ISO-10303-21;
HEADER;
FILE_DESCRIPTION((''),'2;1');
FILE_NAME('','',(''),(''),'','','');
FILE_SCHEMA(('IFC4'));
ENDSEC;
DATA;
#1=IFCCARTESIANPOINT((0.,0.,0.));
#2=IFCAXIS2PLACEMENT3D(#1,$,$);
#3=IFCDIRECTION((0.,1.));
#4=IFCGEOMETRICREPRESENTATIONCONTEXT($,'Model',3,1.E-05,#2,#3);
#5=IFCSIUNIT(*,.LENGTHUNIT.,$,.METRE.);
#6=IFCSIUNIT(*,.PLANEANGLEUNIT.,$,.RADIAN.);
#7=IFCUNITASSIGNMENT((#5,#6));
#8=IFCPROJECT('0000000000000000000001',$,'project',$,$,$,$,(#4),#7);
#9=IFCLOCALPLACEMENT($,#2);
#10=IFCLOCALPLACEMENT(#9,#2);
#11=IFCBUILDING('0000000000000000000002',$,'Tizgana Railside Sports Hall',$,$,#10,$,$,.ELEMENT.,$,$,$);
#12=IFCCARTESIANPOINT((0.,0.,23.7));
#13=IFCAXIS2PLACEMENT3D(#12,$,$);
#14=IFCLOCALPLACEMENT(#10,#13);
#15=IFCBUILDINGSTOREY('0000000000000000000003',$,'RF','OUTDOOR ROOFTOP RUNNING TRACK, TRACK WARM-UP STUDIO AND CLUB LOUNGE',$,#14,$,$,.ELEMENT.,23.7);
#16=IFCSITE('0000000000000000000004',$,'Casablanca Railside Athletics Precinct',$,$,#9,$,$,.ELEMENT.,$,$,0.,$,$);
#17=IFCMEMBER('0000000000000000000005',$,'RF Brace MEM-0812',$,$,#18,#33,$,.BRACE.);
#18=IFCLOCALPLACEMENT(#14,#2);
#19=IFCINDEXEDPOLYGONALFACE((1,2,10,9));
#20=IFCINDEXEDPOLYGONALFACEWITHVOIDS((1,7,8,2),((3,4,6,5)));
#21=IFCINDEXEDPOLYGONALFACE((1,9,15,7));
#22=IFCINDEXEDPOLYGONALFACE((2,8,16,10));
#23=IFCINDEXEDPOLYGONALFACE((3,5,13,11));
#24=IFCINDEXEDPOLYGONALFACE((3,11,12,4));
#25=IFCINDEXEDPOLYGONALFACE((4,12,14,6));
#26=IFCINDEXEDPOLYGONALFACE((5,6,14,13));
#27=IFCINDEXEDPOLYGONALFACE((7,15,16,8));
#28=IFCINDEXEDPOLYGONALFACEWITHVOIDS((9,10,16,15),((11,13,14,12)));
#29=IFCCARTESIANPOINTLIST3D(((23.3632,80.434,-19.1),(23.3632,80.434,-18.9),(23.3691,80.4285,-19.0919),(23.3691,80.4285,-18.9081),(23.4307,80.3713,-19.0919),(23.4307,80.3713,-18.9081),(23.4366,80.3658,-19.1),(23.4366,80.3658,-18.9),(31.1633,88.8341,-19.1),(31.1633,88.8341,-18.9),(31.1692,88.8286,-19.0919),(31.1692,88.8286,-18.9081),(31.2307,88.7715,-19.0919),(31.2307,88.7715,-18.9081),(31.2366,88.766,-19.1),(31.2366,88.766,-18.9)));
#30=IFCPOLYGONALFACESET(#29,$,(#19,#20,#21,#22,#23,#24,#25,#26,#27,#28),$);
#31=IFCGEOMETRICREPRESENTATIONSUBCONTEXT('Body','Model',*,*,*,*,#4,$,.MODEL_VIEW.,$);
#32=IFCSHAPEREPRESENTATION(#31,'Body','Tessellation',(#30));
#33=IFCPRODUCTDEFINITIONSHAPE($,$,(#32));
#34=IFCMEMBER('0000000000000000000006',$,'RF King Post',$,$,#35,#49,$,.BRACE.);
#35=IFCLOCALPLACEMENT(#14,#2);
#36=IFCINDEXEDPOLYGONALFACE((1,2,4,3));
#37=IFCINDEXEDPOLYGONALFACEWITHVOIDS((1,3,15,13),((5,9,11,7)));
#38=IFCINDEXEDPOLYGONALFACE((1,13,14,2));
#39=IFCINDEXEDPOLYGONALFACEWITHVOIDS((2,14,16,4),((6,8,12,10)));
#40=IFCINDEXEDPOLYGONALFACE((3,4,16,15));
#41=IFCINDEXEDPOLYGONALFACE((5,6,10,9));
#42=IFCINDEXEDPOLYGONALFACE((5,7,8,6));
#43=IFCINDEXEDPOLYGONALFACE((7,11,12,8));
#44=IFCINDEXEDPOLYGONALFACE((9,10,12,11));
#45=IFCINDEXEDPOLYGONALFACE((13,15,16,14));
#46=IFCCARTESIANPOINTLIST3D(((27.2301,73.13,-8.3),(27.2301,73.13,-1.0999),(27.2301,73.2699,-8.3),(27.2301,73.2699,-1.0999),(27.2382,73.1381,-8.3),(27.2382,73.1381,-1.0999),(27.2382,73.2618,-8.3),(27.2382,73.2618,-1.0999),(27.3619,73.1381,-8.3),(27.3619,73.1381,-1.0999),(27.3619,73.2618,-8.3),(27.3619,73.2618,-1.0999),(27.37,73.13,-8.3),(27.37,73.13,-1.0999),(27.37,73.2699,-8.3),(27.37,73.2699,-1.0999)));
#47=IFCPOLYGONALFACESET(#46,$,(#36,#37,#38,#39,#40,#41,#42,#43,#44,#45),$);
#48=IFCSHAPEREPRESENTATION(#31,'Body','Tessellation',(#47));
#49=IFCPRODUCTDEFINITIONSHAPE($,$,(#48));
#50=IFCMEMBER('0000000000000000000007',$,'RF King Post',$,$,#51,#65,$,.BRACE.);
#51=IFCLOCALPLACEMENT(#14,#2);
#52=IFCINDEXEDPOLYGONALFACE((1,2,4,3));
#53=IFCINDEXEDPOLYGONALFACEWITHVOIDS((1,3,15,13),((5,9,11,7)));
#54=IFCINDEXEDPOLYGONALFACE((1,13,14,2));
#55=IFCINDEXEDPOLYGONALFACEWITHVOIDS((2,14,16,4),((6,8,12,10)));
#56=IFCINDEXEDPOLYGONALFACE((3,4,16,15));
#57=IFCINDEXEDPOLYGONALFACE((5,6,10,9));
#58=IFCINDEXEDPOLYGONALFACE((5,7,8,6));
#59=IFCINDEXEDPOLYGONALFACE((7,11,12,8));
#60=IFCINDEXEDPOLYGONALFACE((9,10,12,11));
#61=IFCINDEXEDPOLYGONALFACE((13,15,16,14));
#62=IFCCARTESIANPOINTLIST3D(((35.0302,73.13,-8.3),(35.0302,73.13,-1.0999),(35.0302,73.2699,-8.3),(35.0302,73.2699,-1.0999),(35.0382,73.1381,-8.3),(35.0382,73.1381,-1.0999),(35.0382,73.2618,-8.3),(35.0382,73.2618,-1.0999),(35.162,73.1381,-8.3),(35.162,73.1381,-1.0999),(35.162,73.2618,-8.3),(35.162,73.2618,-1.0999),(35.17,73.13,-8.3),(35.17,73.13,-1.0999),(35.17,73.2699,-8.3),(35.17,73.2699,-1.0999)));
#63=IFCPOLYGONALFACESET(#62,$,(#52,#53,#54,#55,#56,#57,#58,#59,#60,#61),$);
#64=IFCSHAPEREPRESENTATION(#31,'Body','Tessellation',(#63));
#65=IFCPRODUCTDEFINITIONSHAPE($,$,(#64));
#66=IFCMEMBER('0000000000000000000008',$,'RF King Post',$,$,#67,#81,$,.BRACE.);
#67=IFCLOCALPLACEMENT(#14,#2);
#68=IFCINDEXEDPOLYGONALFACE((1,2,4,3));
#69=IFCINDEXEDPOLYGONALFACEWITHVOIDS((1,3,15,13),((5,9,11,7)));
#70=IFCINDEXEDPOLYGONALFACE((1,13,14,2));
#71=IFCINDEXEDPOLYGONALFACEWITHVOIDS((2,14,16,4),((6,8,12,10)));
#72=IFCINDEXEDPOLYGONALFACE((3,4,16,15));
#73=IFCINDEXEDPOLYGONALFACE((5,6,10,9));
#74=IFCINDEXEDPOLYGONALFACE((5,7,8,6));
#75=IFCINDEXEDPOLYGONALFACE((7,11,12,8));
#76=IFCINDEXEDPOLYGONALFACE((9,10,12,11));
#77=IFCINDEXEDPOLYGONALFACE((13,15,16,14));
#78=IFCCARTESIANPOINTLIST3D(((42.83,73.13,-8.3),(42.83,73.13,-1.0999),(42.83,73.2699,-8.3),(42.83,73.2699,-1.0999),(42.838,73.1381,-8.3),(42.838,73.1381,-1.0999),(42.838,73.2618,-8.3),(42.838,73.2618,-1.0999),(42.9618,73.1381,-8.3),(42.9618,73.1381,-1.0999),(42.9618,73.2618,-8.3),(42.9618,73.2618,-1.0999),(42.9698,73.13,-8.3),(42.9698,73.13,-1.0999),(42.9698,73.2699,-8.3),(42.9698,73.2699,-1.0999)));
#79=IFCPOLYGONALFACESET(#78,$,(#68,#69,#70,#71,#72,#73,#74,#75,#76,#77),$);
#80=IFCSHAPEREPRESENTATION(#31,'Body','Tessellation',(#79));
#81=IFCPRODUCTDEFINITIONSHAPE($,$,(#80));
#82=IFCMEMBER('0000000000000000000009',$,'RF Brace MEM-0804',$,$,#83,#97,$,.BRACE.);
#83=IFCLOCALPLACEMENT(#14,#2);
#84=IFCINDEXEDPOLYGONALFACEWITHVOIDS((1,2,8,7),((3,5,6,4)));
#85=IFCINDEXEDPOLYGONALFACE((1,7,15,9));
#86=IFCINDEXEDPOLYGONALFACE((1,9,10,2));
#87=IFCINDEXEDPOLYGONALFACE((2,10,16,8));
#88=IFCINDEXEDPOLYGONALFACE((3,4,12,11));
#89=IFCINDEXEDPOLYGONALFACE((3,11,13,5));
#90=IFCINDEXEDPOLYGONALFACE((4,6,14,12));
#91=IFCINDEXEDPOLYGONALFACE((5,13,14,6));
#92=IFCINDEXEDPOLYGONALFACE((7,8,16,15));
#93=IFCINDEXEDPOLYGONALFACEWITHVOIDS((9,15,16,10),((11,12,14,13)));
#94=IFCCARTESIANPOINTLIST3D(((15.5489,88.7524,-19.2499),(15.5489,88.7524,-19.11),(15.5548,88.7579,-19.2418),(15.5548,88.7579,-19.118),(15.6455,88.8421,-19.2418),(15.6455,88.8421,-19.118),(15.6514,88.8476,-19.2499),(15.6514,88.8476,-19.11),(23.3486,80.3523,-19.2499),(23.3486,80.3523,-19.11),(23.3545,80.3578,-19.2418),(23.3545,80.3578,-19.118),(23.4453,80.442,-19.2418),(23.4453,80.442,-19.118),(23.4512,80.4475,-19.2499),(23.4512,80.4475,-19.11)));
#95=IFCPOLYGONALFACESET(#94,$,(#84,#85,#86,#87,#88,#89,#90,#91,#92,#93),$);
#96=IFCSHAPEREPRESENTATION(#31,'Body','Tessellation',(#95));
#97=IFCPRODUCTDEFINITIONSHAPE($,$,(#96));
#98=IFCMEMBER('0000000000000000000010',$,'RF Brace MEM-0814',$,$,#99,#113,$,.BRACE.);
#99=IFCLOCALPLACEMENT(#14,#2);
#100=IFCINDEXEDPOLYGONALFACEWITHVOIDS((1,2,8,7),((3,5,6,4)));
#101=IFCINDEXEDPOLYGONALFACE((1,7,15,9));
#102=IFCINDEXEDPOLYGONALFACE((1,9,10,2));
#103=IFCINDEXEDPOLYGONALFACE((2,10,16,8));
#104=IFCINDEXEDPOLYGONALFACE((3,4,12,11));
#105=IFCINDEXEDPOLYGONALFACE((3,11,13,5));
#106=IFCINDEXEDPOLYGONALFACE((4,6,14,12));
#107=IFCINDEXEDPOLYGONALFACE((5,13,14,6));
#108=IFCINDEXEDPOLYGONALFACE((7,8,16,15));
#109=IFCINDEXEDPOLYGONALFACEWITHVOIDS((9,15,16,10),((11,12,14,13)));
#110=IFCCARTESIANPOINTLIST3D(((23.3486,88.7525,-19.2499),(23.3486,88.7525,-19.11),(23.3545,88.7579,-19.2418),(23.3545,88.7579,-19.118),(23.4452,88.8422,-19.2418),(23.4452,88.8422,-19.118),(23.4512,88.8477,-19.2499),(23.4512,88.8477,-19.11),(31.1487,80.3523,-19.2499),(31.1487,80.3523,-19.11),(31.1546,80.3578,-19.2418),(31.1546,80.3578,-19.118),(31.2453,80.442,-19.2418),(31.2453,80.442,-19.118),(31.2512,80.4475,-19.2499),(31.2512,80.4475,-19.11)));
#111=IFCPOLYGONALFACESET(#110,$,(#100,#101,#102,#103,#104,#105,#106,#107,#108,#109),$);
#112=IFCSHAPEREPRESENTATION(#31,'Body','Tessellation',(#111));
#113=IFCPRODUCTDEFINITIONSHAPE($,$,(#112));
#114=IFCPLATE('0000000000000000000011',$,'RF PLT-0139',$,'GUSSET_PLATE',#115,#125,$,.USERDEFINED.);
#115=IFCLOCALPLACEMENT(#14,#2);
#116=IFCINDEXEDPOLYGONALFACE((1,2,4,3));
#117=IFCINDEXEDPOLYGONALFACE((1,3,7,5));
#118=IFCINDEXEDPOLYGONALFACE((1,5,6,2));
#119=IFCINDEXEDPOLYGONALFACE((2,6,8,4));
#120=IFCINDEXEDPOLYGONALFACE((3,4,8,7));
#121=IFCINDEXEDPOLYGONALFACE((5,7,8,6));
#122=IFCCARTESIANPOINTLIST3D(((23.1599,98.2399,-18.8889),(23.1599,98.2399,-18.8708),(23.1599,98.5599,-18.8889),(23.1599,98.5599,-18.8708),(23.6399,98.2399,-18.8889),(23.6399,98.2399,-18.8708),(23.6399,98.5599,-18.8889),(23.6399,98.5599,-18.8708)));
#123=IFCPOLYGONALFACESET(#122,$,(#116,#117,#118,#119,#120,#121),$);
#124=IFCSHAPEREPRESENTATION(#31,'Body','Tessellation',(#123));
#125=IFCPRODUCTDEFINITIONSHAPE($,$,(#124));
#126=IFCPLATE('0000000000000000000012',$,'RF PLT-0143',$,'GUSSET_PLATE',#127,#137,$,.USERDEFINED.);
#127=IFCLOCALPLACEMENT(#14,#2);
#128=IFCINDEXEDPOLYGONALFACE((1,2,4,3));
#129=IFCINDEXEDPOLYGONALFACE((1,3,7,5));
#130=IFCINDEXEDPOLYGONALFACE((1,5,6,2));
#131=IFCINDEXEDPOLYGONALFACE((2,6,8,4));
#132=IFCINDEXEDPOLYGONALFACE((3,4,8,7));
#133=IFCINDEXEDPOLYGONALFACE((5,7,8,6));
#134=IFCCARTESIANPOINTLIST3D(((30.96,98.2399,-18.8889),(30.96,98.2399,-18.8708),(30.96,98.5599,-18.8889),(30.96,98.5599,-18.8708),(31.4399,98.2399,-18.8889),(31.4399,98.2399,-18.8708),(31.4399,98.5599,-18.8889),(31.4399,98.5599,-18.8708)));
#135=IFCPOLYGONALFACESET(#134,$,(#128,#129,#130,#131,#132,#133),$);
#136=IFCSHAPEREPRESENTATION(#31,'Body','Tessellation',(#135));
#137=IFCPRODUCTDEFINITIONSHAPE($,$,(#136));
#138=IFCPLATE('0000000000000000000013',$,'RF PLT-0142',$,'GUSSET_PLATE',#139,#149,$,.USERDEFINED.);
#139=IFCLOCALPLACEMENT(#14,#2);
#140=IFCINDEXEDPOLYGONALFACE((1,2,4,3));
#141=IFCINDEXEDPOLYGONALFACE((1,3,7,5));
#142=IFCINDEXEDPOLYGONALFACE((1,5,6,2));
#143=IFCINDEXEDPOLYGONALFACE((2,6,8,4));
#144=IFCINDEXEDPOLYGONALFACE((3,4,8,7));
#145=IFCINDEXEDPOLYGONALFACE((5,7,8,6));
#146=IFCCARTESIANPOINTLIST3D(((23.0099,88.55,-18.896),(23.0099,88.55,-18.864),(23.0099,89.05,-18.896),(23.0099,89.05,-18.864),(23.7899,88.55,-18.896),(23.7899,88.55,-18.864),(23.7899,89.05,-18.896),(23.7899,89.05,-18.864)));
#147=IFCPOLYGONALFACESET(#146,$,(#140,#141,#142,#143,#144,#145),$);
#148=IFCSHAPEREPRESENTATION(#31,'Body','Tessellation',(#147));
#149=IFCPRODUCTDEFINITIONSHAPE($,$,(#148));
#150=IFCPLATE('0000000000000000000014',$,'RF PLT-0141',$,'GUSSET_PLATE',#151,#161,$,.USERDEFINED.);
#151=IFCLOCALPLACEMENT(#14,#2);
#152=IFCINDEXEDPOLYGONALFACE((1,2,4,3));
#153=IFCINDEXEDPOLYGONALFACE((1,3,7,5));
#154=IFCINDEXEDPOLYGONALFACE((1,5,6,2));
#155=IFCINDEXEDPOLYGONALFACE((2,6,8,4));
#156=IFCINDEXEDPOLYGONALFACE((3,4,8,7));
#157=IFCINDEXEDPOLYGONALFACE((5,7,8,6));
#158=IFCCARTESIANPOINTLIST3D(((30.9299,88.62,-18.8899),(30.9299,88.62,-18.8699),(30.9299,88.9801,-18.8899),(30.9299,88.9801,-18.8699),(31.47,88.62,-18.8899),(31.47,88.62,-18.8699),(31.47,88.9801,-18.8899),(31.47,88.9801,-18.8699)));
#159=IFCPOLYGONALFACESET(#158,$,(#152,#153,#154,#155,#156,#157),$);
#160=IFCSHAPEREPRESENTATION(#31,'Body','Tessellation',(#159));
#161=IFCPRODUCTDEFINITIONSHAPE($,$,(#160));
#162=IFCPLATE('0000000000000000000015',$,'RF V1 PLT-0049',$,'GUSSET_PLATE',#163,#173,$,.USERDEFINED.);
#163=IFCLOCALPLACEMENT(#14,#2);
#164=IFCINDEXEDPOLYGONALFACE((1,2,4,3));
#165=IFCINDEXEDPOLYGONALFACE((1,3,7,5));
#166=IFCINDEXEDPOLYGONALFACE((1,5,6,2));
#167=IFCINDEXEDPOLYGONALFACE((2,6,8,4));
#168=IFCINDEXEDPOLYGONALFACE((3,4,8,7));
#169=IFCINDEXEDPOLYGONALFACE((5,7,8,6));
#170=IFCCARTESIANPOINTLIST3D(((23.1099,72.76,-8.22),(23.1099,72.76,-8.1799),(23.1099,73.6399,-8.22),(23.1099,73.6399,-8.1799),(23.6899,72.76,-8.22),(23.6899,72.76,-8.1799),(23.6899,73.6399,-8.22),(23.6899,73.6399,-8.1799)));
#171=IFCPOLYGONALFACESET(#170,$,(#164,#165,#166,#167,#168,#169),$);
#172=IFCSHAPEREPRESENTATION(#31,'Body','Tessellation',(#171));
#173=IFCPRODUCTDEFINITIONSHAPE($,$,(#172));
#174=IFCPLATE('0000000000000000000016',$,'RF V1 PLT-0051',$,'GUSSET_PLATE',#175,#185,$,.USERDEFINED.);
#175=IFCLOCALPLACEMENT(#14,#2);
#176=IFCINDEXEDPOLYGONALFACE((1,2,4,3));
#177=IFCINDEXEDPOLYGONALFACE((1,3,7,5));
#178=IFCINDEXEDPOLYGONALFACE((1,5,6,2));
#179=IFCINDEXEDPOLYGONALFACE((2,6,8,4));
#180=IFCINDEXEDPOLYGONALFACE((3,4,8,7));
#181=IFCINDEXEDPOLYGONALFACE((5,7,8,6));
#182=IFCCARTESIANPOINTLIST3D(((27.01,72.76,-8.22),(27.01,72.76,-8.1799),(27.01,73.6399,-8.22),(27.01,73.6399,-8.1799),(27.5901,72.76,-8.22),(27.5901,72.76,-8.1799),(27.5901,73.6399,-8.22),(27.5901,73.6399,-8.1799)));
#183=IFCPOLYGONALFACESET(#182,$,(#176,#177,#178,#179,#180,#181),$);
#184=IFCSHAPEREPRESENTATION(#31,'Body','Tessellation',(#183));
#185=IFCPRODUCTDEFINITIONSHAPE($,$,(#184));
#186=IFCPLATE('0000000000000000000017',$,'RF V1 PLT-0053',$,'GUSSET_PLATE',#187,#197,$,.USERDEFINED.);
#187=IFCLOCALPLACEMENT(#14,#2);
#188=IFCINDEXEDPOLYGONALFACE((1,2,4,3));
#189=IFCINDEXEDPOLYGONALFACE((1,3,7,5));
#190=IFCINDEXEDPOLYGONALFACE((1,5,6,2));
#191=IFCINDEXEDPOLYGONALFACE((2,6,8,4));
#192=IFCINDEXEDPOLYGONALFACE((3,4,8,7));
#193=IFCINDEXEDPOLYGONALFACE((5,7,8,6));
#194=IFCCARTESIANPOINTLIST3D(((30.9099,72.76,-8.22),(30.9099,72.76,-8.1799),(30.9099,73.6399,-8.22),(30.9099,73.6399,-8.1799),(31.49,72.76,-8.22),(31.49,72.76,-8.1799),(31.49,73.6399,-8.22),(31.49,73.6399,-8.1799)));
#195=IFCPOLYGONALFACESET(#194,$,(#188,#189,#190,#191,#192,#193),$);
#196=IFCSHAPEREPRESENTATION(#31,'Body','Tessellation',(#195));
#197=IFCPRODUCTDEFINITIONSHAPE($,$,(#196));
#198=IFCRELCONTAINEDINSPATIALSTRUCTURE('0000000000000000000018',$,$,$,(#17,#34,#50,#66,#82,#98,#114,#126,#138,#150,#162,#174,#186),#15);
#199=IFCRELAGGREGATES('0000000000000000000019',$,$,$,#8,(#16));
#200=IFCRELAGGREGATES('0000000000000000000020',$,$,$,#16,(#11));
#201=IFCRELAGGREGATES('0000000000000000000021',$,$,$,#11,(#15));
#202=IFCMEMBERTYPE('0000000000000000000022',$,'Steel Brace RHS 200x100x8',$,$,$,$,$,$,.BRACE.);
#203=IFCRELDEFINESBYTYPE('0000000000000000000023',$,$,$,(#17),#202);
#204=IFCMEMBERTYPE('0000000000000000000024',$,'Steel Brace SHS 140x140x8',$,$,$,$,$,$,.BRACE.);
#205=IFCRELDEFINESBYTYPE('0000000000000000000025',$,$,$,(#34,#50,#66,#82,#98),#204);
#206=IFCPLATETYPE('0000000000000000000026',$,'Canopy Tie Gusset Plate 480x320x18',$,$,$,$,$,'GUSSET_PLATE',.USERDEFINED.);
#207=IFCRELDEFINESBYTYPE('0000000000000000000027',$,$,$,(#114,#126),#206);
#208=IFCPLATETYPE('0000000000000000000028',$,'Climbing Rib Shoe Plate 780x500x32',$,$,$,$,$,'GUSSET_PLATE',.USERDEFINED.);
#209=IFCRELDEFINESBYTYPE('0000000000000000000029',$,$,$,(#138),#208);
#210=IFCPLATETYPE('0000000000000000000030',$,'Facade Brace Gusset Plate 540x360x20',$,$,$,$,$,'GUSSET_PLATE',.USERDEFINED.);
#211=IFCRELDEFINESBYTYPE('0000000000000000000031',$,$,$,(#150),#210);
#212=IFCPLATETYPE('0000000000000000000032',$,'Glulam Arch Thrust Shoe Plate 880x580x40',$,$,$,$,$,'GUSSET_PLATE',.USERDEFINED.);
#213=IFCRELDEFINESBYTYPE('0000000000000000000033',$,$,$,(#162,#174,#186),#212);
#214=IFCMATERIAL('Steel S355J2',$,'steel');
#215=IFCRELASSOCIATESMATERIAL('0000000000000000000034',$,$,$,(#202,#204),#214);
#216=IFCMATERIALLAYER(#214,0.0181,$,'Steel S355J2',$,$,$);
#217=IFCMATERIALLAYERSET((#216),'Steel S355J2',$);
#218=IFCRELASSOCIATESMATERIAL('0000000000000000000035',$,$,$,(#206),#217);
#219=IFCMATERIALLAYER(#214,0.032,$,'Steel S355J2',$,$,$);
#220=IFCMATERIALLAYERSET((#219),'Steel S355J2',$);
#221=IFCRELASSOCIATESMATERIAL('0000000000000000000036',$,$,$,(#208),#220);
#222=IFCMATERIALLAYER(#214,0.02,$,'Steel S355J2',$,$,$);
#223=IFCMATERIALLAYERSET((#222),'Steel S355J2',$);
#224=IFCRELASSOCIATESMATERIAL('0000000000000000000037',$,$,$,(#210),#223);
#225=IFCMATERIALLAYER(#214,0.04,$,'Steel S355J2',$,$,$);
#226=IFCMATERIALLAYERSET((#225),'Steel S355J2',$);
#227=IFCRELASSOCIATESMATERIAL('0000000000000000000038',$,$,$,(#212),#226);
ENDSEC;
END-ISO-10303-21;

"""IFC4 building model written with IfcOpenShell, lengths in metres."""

from ifc_helpers import new_model, si_unit, direction, frame, origin, origin_2d, place, context, subcontext, project, spatial, rectangle, hollow_rectangle, extrude, material, layer, layer_set, material_profile, profile_set, type_object, element, save


model = new_model("IFC4")

# Units and contexts
model_context = context("Model", 3, precision=1e-05, world=origin(), true_north=direction((0.0, 1.0)))
body_context = subcontext(model_context, "Body", "Model", "MODEL_VIEW")
ifc_project = project(units=[si_unit("LENGTHUNIT", "METRE"), si_unit("PLANEANGLEUNIT", "RADIAN")], contexts=[model_context])

# Site, building, storey
site_placement = place(None, origin())
site = spatial("IfcSite", under=ifc_project, at=site_placement, Name="Casablanca Railside Athletics Precinct", CompositionType="ELEMENT", RefElevation=0.0)
building_placement = place(site_placement, origin())
building = spatial("IfcBuilding", under=site, at=building_placement, Name="Tizgana Railside Sports Hall", CompositionType="ELEMENT")
storey_placement = place(building_placement, frame((0.0, 0.0, 23.7)))
storey = spatial("IfcBuildingStorey", under=building, at=storey_placement, Name="RF", Description="OUTDOOR ROOFTOP RUNNING TRACK, TRACK WARM-UP STUDIO AND CLUB LOUNGE", CompositionType="ELEMENT", Elevation=23.7)

# Members
ifc_material_1 = material(Name="Steel S355J2", Category="steel")
ifc_material_profile_1 = material_profile(ifc_material_1, hollow_rectangle(XDim=0.1001, YDim=0.2, WallThickness=0.0081, at=origin_2d()), Name="RHS 200x100x8")
ifc_profile_set_1 = profile_set([ifc_material_profile_1], Name="Steel S355J2")
member_type_1 = type_object("IfcMemberType", Name="Steel Brace RHS 200x100x8", PredefinedType="BRACE", material=ifc_profile_set_1)
member_1_placement = place(storey_placement, frame((23.3999, 80.3999, -19.0), z_axis=(0.680447, 0.732797, 0.0), x_axis=(-0.732797, 0.680447, 0.0)))
element("IfcMember", 1, at=member_1_placement, inside=storey, type_object=member_type_1, Name="RF Brace MEM-0812", PredefinedType="BRACE", context=body_context, shape_type="SweptSolid", body=[
    extrude(hollow_rectangle(XDim=0.1001, YDim=0.2, WallThickness=0.0081, at=origin_2d()), origin(), (0.0, 0.0, 1.0), 11.4631),
])
ifc_material_profile_2 = material_profile(ifc_material_1, hollow_rectangle(XDim=0.1399, YDim=0.1399, WallThickness=0.0081, at=origin_2d()), Name="SHS 140x140x8")
ifc_profile_set_2 = profile_set([ifc_material_profile_2], Name="Steel S355J2")
member_type_2 = type_object("IfcMemberType", Name="Steel Brace SHS 140x140x8", PredefinedType="BRACE", material=ifc_profile_set_2)
for number, where, z_axis, x_axis, name in (
    (2, (27.3, 73.2, -8.3), (0.0, 0.0, 1.0), (1.0, 0.0, 0.0), "RF King Post"),
    (3, (35.1001, 73.2, -8.3), (0.0, 0.0, 1.0), (1.0, 0.0, 0.0), "RF King Post"),
    (4, (42.8999, 73.2, -8.3), (0.0, 0.0, 1.0), (1.0, 0.0, 0.0), "RF King Post"),
):
    element("IfcMember", number, at=place(storey_placement, frame(where, z_axis=z_axis, x_axis=x_axis)), inside=storey, type_object=member_type_2, Name=name, PredefinedType="BRACE", context=body_context, shape_type="SweptSolid", body=[
        extrude(hollow_rectangle(XDim=0.1399, YDim=0.1399, WallThickness=0.0081, at=origin_2d()), origin(), (0.0, 0.0, 1.0), 7.2002),
    ])
member_2_placement = place(storey_placement, frame((23.3999, 80.3999, -19.1799), z_axis=(-0.680436, 0.732808, 0.0), x_axis=(-0.732808, -0.680436, 0.0)))
element("IfcMember", 5, at=member_2_placement, inside=storey, type_object=member_type_2, Name="RF Brace MEM-0804", PredefinedType="BRACE", context=body_context, shape_type="SweptSolid", body=[
    extrude(hollow_rectangle(XDim=0.1399, YDim=0.1399, WallThickness=0.0081, at=origin_2d()), origin(), (0.0, 0.0, 1.0), 11.4629),
])
member_3_placement = place(storey_placement, frame((31.2, 80.3999, -19.1799), z_axis=(-0.680447, 0.732797, 0.0), x_axis=(-0.732797, -0.680447, 0.0)))
element("IfcMember", 6, at=member_3_placement, inside=storey, type_object=member_type_2, Name="RF Brace MEM-0814", PredefinedType="BRACE", context=body_context, shape_type="SweptSolid", body=[
    extrude(hollow_rectangle(XDim=0.1399, YDim=0.1399, WallThickness=0.0081, at=origin_2d()), origin(), (0.0, 0.0, 1.0), 11.4631),
])

# Plates
ifc_layer_1 = layer(ifc_material_1, 0.0181, Name="Steel S355J2")
ifc_layer_set_1 = layer_set([ifc_layer_1], Name="Steel S355J2")
plate_type_1 = type_object("IfcPlateType", Name="Canopy Tie Gusset Plate 480x320x18", ElementType="GUSSET_PLATE", PredefinedType="USERDEFINED", material=ifc_layer_set_1)
for number, where, z_axis, x_axis, name in (
    (7, (23.3999, 98.3999, -18.8889), (0.0, 0.0, 1.0), (1.0, 0.0, 0.0), "RF PLT-0139"),
    (8, (31.2, 98.3999, -18.8889), (0.0, 0.0, 1.0), (1.0, 0.0, 0.0), "RF PLT-0143"),
):
    element("IfcPlate", number, at=place(storey_placement, frame(where, z_axis=z_axis, x_axis=x_axis)), inside=storey, type_object=plate_type_1, Name=name, ObjectType="GUSSET_PLATE", PredefinedType="USERDEFINED", context=body_context, shape_type="SweptSolid", body=[
        extrude(rectangle(XDim=0.48, YDim=0.3201, at=origin_2d()), origin(), (0.0, 0.0, 1.0), 0.0181),
    ])
ifc_layer_2 = layer(ifc_material_1, 0.032, Name="Steel S355J2")
ifc_layer_set_2 = layer_set([ifc_layer_2], Name="Steel S355J2")
plate_type_2 = type_object("IfcPlateType", Name="Climbing Rib Shoe Plate 780x500x32", ElementType="GUSSET_PLATE", PredefinedType="USERDEFINED", material=ifc_layer_set_2)
plate_1_placement = place(storey_placement, frame((23.3999, 88.8, -18.896), z_axis=(0.0, 0.0, 1.0), x_axis=(1.0, 0.0, 0.0)))
element("IfcPlate", 9, at=plate_1_placement, inside=storey, type_object=plate_type_2, Name="RF PLT-0142", ObjectType="GUSSET_PLATE", PredefinedType="USERDEFINED", context=body_context, shape_type="SweptSolid", body=[
    extrude(rectangle(XDim=0.78, YDim=0.5, at=origin_2d()), origin(), (0.0, 0.0, 1.0), 0.032),
])
ifc_layer_3 = layer(ifc_material_1, 0.02, Name="Steel S355J2")
ifc_layer_set_3 = layer_set([ifc_layer_3], Name="Steel S355J2")
plate_type_3 = type_object("IfcPlateType", Name="Facade Brace Gusset Plate 540x360x20", ElementType="GUSSET_PLATE", PredefinedType="USERDEFINED", material=ifc_layer_set_3)
plate_2_placement = place(storey_placement, frame((31.2, 88.8, -18.8899), z_axis=(0.0, 0.0, 1.0), x_axis=(1.0, 0.0, 0.0)))
element("IfcPlate", 10, at=plate_2_placement, inside=storey, type_object=plate_type_3, Name="RF PLT-0141", ObjectType="GUSSET_PLATE", PredefinedType="USERDEFINED", context=body_context, shape_type="SweptSolid", body=[
    extrude(rectangle(XDim=0.54, YDim=0.3601, at=origin_2d()), origin(), (0.0, 0.0, 1.0), 0.02),
])
ifc_layer_4 = layer(ifc_material_1, 0.04, Name="Steel S355J2")
ifc_layer_set_4 = layer_set([ifc_layer_4], Name="Steel S355J2")
plate_type_4 = type_object("IfcPlateType", Name="Glulam Arch Thrust Shoe Plate 880x580x40", ElementType="GUSSET_PLATE", PredefinedType="USERDEFINED", material=ifc_layer_set_4)
for number, where, z_axis, x_axis, name in (
    (11, (23.3999, 73.2, -8.22), (0.0, 0.0, 1.0), (1.0, 0.0, 0.0), "RF V1 PLT-0049"),
    (12, (27.3, 73.2, -8.22), (0.0, 0.0, 1.0), (1.0, 0.0, 0.0), "RF V1 PLT-0051"),
    (13, (31.2, 73.2, -8.22), (0.0, 0.0, 1.0), (1.0, 0.0, 0.0), "RF V1 PLT-0053"),
):
    element("IfcPlate", number, at=place(storey_placement, frame(where, z_axis=z_axis, x_axis=x_axis)), inside=storey, type_object=plate_type_4, Name=name, ObjectType="GUSSET_PLATE", PredefinedType="USERDEFINED", context=body_context, shape_type="SweptSolid", body=[
        extrude(rectangle(XDim=0.5801, YDim=0.8799, at=origin_2d()), origin(), (0.0, 0.0, 1.0), 0.04),
    ])

save(model, "model.ifc")
